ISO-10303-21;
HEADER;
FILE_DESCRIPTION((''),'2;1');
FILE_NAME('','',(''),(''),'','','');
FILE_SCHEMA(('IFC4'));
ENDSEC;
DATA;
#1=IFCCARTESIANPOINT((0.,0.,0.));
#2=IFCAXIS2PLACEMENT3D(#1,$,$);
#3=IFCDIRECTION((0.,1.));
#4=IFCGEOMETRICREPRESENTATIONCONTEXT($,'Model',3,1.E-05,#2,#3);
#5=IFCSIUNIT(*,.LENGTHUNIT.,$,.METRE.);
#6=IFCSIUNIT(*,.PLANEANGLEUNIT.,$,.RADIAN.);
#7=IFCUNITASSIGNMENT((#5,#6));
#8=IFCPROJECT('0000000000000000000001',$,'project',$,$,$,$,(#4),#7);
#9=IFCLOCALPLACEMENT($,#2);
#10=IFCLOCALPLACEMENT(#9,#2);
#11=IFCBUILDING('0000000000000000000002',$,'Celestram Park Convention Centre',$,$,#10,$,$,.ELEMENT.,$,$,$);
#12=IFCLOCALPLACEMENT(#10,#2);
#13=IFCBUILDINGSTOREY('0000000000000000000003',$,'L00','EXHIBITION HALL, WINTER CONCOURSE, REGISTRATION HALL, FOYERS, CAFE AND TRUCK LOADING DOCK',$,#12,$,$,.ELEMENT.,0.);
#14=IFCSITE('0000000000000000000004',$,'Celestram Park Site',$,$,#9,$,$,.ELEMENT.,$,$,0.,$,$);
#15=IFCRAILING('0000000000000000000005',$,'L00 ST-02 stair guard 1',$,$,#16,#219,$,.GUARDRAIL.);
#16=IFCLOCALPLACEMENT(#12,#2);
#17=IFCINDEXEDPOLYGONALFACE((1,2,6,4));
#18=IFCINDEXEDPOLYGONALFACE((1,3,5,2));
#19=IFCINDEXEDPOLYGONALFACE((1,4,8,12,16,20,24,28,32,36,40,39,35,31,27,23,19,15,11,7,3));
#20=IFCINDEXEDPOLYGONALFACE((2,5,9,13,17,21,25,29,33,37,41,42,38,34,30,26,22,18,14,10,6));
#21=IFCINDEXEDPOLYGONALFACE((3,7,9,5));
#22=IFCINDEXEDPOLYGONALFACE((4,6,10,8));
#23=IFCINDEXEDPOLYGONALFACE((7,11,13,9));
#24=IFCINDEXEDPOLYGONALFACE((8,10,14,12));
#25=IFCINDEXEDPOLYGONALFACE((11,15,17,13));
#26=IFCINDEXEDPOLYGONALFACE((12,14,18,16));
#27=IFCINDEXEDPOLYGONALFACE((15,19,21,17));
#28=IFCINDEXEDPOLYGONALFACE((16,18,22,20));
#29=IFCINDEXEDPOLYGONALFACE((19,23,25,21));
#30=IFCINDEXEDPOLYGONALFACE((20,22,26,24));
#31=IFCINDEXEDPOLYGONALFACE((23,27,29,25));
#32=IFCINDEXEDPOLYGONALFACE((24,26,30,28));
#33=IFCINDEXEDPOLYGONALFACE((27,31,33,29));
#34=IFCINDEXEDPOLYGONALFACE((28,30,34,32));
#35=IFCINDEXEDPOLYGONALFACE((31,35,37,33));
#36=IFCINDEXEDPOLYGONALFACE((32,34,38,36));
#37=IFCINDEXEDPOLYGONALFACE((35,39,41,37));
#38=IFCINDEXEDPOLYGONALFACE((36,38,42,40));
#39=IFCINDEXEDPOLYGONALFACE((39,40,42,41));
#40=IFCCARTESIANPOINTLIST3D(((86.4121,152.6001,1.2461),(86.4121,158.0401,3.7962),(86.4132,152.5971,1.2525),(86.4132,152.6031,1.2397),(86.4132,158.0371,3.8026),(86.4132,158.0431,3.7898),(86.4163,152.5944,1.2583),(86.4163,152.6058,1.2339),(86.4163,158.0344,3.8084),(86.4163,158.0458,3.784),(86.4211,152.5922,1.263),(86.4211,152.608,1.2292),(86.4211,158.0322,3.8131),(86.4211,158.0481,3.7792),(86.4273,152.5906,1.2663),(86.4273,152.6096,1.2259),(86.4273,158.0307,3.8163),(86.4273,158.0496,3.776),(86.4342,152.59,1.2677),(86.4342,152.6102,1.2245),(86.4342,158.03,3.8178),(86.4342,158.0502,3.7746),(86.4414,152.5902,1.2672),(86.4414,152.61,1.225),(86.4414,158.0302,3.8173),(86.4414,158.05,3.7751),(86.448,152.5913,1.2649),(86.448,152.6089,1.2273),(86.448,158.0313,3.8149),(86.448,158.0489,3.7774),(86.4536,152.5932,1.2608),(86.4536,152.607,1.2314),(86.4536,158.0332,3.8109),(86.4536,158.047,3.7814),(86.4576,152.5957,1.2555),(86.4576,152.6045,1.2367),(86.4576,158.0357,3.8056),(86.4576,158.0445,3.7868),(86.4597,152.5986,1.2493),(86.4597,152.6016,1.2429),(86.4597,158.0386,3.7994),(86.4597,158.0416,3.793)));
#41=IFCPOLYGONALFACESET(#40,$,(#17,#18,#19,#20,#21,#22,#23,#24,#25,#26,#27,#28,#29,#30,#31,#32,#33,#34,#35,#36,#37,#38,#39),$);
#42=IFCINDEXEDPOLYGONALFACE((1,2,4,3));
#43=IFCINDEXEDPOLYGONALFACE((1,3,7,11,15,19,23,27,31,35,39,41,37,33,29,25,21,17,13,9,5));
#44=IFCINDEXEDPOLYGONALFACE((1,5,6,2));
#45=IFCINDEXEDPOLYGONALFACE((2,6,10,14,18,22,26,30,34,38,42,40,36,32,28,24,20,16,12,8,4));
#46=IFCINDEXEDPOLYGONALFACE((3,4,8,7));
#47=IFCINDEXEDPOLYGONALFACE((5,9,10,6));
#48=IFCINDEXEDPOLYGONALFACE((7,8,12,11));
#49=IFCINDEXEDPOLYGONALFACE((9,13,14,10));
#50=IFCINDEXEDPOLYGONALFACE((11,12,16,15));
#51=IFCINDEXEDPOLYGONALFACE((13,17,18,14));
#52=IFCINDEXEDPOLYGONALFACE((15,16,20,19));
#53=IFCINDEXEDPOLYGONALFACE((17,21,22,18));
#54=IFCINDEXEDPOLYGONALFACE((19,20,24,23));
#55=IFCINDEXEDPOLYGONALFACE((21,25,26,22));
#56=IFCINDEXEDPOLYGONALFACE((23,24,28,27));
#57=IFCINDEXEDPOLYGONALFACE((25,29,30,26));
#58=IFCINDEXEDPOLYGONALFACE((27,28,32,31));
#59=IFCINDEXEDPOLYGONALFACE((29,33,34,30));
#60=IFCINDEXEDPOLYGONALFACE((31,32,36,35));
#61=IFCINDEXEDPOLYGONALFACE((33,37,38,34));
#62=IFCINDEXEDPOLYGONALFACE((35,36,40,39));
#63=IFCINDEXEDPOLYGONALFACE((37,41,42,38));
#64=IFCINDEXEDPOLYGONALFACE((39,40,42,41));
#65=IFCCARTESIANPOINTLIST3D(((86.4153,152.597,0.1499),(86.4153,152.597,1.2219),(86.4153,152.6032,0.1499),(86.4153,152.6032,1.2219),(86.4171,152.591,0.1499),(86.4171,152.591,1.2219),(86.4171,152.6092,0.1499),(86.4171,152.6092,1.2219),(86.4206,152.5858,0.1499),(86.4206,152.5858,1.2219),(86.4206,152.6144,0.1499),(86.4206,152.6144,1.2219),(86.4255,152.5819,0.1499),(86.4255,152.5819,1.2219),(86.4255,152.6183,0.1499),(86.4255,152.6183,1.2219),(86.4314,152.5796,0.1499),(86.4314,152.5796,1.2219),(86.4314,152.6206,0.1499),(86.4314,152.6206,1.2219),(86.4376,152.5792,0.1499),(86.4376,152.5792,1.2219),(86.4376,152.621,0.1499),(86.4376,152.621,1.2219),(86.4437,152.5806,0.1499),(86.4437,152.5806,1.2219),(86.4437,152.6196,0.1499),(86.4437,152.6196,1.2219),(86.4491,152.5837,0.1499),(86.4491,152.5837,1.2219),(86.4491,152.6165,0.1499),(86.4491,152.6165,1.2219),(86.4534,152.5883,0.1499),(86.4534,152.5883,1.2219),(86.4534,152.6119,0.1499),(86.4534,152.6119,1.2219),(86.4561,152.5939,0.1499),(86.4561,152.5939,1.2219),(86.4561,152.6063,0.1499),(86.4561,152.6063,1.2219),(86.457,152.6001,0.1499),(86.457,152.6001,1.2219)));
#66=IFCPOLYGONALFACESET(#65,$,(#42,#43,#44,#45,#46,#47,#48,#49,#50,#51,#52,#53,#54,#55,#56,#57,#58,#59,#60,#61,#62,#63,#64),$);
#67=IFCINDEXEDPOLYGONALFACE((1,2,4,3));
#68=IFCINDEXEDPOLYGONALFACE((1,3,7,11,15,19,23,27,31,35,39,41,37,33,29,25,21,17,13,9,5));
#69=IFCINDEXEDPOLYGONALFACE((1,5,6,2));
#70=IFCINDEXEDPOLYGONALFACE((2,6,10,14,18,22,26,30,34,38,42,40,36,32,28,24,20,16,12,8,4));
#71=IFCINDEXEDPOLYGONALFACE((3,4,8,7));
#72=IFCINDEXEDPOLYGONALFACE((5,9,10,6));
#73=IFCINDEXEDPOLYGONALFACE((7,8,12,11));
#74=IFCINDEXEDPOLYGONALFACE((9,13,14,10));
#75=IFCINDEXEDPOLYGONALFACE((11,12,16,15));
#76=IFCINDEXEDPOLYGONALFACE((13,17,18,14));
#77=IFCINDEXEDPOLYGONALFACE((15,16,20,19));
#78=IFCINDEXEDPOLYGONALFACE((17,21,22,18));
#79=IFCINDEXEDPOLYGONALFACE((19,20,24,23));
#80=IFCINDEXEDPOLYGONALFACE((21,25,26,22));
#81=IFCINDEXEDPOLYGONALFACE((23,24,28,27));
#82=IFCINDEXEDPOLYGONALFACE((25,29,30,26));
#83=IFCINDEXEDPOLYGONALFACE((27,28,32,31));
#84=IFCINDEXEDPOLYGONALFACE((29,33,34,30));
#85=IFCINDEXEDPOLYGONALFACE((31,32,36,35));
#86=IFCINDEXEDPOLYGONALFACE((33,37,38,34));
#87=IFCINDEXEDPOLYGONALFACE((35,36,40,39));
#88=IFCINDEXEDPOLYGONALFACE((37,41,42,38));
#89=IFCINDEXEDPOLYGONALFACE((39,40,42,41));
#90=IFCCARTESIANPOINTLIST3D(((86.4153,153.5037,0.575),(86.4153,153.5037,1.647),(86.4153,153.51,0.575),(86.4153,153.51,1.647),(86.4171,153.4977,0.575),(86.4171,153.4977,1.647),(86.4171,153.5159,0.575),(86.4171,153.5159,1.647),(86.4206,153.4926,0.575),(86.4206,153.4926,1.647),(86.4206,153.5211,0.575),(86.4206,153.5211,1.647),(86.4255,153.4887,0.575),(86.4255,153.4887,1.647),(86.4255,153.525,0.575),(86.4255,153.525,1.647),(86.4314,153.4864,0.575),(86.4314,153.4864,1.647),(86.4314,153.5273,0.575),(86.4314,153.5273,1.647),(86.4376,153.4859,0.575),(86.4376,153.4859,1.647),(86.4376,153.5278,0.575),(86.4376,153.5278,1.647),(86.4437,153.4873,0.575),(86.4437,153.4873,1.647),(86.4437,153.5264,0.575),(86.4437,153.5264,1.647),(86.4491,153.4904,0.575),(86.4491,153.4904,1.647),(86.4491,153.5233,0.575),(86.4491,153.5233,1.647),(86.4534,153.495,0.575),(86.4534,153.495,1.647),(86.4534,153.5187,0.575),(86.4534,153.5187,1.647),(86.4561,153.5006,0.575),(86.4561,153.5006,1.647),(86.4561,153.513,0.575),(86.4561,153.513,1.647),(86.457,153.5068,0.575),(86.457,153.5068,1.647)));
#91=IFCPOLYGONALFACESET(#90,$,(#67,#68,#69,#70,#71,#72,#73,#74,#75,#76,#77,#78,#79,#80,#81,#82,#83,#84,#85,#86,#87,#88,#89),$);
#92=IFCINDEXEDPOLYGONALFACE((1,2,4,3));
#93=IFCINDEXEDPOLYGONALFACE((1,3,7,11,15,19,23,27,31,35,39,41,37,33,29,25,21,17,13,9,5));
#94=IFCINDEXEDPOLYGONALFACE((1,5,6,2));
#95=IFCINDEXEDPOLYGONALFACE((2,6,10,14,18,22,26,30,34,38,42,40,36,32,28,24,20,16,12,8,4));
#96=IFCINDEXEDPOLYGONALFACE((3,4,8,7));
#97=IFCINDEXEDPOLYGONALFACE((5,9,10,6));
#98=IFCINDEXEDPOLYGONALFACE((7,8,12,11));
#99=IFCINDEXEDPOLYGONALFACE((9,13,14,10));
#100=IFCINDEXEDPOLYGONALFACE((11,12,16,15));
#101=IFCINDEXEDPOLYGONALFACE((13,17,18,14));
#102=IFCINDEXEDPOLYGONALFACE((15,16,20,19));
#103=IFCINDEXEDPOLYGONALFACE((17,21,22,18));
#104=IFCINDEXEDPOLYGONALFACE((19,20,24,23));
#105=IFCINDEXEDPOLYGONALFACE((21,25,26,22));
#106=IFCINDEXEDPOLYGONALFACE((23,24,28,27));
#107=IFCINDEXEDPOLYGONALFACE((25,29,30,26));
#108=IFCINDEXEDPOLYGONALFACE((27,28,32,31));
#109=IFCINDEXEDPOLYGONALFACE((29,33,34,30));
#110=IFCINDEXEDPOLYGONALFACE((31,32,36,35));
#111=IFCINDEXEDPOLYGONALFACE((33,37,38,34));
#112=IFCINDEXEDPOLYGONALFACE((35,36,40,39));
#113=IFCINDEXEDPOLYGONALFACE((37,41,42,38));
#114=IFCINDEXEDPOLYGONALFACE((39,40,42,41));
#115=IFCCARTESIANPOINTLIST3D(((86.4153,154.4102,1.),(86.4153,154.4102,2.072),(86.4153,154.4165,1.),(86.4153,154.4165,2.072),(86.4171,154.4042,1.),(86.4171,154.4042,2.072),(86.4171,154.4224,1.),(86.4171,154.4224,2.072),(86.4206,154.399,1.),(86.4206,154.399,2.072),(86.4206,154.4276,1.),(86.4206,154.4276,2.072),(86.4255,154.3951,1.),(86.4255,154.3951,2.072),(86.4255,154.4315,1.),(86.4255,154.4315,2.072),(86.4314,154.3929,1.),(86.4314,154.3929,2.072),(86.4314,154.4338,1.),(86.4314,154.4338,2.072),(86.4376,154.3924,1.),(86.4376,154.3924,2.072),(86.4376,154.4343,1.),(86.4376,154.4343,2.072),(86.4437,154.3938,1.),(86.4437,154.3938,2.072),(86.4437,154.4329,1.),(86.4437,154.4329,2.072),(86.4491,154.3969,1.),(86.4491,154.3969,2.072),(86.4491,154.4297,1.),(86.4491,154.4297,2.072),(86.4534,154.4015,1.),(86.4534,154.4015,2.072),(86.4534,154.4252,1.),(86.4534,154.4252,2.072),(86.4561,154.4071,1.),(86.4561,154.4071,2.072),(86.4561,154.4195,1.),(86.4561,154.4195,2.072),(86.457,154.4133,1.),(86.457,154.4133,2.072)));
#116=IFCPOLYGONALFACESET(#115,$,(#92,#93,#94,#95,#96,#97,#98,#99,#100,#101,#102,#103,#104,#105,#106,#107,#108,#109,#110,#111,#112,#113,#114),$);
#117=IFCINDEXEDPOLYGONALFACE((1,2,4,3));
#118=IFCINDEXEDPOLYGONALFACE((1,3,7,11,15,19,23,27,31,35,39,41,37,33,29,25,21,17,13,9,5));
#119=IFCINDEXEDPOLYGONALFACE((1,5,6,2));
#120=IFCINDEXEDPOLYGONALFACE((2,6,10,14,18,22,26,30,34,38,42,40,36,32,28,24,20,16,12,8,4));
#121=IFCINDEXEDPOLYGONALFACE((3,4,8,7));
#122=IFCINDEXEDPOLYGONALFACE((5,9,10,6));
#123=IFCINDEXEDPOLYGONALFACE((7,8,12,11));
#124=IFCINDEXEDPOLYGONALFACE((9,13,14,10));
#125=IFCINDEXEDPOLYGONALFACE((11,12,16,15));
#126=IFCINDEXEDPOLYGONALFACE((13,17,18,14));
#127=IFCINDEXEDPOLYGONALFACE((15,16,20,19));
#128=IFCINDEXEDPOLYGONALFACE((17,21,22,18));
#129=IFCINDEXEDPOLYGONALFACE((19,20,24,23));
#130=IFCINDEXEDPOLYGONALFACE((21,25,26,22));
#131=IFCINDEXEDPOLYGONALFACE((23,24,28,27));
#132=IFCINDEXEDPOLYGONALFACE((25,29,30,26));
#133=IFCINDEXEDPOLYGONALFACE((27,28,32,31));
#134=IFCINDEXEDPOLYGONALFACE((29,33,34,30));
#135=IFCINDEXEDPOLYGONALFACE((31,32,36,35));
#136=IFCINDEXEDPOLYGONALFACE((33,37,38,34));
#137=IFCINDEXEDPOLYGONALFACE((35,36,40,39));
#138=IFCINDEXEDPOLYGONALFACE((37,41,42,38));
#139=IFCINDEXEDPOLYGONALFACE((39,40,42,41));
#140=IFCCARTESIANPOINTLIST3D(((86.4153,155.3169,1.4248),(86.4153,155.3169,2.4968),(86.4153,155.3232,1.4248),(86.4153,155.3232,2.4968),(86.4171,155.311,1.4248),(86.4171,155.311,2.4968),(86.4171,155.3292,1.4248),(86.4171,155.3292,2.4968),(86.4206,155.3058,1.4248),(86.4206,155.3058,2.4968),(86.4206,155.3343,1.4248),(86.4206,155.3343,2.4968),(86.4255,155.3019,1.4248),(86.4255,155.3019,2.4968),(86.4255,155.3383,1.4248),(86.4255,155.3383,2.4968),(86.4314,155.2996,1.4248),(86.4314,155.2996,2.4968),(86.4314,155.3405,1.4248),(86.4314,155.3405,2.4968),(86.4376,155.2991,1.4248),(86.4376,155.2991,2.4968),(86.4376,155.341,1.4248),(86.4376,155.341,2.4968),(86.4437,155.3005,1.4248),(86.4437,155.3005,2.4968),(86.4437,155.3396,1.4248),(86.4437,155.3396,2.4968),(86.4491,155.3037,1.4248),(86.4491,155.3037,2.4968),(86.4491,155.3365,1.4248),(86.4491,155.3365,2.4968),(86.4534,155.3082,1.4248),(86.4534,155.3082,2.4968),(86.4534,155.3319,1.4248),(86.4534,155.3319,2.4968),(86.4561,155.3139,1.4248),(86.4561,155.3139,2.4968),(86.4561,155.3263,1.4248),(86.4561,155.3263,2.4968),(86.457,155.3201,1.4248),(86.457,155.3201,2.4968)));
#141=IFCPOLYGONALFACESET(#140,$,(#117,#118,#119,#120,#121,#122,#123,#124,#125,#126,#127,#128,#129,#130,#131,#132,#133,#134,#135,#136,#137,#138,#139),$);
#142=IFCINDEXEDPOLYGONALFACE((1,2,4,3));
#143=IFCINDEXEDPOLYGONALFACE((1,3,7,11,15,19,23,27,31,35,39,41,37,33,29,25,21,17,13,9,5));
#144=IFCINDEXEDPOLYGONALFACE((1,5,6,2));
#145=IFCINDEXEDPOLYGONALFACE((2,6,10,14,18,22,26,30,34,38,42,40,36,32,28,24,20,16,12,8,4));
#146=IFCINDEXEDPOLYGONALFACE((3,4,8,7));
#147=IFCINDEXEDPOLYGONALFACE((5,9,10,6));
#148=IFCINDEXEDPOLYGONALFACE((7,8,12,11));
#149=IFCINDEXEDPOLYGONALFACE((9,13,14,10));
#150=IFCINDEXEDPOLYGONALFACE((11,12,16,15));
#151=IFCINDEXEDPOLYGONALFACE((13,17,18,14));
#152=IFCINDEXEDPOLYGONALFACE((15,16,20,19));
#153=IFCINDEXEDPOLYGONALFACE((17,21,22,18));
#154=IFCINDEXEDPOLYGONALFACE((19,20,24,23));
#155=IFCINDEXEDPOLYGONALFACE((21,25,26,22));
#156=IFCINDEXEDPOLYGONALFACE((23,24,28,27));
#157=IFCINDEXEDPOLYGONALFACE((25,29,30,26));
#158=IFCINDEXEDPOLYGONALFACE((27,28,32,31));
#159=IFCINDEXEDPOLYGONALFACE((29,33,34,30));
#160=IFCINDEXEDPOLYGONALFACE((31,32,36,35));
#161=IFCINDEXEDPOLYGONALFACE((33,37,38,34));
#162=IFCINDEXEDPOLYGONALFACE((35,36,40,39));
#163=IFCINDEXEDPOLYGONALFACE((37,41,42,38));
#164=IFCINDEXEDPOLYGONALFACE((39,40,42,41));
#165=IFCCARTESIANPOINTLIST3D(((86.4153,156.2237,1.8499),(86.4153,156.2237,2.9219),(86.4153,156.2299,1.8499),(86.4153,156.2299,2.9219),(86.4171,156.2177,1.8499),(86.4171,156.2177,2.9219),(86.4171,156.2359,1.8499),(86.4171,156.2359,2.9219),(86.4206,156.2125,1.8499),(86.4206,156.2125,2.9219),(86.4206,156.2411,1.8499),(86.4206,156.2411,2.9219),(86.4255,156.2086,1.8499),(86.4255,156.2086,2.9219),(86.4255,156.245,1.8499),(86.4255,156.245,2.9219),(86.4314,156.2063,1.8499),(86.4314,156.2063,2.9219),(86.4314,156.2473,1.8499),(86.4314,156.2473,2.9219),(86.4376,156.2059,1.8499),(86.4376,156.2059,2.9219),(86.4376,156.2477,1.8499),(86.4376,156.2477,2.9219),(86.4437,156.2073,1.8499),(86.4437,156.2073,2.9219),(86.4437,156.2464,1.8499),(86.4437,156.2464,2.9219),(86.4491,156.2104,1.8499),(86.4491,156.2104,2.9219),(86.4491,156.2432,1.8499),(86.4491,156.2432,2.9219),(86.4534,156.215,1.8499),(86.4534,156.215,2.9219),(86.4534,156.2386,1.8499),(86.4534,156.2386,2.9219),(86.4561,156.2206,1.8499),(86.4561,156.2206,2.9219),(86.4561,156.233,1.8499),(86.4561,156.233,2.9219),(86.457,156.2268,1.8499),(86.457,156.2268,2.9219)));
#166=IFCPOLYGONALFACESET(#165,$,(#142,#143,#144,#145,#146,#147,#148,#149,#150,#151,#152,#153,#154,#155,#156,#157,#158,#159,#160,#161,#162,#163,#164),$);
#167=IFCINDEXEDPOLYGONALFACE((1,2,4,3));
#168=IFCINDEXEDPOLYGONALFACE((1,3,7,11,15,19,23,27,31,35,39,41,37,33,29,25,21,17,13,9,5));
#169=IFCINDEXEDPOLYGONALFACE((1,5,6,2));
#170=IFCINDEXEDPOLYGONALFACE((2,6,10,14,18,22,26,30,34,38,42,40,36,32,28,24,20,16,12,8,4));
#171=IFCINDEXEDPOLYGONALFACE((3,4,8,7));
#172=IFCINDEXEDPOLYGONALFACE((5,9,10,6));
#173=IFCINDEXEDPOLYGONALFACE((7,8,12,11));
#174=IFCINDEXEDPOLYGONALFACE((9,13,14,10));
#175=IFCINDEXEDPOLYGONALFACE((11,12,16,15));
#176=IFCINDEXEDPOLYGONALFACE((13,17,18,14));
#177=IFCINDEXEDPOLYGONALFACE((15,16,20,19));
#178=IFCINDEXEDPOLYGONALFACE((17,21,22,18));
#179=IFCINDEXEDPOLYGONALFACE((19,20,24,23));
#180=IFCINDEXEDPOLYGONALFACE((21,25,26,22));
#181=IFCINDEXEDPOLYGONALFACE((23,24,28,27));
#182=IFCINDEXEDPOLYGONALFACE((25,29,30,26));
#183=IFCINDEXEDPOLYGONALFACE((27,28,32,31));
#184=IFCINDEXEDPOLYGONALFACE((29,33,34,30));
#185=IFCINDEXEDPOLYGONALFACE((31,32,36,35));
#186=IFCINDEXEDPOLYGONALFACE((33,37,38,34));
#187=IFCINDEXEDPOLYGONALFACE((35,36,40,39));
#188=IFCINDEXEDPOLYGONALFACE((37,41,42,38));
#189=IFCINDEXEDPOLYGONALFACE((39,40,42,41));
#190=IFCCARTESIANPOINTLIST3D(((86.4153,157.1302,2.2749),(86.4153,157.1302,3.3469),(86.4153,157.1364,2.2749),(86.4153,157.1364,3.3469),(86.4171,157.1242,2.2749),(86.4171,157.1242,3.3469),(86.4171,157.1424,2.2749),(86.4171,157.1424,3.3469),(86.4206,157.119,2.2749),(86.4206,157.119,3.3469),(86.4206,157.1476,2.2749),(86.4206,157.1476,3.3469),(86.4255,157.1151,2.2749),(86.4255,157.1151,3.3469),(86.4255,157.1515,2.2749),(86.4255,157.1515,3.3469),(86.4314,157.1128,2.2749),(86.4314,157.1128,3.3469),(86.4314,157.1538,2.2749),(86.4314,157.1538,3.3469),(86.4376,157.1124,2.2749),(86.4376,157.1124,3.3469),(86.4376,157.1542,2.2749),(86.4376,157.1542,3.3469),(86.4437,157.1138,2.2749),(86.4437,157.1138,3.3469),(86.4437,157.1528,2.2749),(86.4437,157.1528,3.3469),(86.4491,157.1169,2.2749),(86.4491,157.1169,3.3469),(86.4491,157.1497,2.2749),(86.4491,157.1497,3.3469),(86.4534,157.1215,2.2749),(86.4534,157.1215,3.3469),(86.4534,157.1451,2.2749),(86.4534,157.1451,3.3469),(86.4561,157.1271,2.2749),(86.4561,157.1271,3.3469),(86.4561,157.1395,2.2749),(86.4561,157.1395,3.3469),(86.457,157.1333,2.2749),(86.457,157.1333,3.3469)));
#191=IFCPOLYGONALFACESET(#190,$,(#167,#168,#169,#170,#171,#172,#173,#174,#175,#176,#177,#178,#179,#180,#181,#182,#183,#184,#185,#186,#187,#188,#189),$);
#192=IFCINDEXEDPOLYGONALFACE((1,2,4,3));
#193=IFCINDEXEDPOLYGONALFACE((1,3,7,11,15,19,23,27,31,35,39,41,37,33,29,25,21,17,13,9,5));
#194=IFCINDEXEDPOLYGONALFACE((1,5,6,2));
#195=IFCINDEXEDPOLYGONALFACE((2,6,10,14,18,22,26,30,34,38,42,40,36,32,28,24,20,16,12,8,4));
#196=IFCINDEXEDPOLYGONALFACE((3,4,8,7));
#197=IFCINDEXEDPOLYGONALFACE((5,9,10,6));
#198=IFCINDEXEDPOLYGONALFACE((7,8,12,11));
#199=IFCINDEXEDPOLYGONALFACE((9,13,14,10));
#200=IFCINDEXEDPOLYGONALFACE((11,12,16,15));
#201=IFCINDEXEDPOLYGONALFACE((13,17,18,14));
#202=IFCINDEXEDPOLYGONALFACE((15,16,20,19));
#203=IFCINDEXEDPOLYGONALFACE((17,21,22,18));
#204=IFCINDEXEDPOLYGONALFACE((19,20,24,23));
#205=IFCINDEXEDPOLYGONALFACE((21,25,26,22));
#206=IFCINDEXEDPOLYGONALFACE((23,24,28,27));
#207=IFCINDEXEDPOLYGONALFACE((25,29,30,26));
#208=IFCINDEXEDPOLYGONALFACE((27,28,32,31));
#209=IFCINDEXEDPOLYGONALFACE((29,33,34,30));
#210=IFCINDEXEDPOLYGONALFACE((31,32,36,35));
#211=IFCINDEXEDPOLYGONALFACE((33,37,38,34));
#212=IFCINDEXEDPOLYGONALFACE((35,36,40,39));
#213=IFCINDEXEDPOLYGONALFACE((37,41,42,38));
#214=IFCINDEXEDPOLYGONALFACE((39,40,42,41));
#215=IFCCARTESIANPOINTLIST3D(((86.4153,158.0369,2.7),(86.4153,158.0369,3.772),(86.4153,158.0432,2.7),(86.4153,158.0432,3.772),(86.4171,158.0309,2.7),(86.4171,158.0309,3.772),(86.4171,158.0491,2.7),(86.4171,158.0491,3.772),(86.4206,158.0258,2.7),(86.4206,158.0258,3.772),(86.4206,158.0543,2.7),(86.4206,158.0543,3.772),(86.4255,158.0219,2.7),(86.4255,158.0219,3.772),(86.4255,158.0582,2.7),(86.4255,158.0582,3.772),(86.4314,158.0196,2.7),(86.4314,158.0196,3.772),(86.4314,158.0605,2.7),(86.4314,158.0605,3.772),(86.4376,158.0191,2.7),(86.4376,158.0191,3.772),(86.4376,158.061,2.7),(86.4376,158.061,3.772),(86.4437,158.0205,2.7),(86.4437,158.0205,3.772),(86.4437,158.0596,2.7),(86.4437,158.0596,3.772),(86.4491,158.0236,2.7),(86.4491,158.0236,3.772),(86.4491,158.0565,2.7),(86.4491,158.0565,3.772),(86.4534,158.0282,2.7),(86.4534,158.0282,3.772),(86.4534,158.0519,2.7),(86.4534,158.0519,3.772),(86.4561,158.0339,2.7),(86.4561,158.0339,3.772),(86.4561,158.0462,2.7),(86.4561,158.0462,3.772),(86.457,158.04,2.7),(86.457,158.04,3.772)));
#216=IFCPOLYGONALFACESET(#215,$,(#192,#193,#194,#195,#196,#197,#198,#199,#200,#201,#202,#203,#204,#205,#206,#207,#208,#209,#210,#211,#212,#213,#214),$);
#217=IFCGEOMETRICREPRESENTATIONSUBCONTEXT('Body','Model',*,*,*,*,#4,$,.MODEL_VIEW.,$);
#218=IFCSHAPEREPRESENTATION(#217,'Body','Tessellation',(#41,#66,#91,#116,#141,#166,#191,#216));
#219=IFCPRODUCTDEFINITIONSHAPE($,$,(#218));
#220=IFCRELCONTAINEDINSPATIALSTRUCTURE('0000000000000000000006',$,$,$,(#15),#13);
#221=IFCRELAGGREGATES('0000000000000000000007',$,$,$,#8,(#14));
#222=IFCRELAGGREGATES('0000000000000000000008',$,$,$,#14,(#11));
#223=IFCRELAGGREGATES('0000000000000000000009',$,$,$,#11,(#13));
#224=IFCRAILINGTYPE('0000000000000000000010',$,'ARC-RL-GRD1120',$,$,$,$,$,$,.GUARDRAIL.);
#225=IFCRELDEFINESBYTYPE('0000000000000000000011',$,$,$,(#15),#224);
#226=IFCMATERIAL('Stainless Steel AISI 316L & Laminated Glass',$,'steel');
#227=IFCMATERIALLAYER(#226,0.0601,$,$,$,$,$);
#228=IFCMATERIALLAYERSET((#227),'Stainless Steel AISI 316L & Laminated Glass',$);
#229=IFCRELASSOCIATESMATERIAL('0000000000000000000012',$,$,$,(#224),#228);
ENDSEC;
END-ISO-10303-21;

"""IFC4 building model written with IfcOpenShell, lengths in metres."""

from ifc_helpers import new_model, si_unit, direction, frame, origin, origin_2d, place, context, subcontext, project, spatial, circle, extrude, material, layer, layer_set, type_object, element, save


model = new_model("IFC4")

# Units and contexts
model_context = context("Model", 3, precision=1e-05, world=origin(), true_north=direction((0.0, 1.0)))
body_context = subcontext(model_context, "Body", "Model", "MODEL_VIEW")
ifc_project = project(units=[si_unit("LENGTHUNIT", "METRE"), si_unit("PLANEANGLEUNIT", "RADIAN")], contexts=[model_context])

# Site, building, storey
site_placement = place(None, origin())
site = spatial("IfcSite", under=ifc_project, at=site_placement, Name="Celestram Park Site", CompositionType="ELEMENT", RefElevation=0.0)
building_placement = place(site_placement, origin())
building = spatial("IfcBuilding", under=site, at=building_placement, Name="Celestram Park Convention Centre", CompositionType="ELEMENT")
storey_placement = place(building_placement, origin())
storey = spatial("IfcBuildingStorey", under=building, at=storey_placement, Name="L00", Description="EXHIBITION HALL, WINTER CONCOURSE, REGISTRATION HALL, FOYERS, CAFE AND TRUCK LOADING DOCK", CompositionType="ELEMENT", Elevation=0.0)

# Railing
ifc_material_1 = material(Name="Stainless Steel AISI 316L & Laminated Glass", Category="steel")
ifc_layer_1 = layer(ifc_material_1, 0.0601)
ifc_layer_set_1 = layer_set([ifc_layer_1], Name="Stainless Steel AISI 316L & Laminated Glass")
railing_type_1 = type_object("IfcRailingType", Name="ARC-RL-GRD1120", PredefinedType="GUARDRAIL", material=ifc_layer_set_1)
railing_1_placement = place(storey_placement, frame((86.436, 152.6001, 0.1499)))
element("IfcRailing", 1, at=railing_1_placement, inside=storey, type_object=railing_type_1, Name="L00 ST-02 stair guard 1", PredefinedType="GUARDRAIL", context=body_context, shape_type="SweptSolid", body=[
    extrude(circle(Radius=0.0239, at=origin_2d()), frame((0.0, 0.0, 1.0962), z_axis=(0.0, 0.905454, 0.424444), x_axis=(-1.0, 0.0, 0.0)), (0.0, 0.0, 1.0), 6.0081),
    extrude(circle(Radius=0.021, at=origin_2d()), origin(), (0.0, 0.0, 1.0), 1.072),
    extrude(circle(Radius=0.021, at=origin_2d()), frame((0.0, 0.9067, 0.425)), (0.0, 0.0, 1.0), 1.072),
    extrude(circle(Radius=0.021, at=origin_2d()), frame((0.0, 1.8132, 0.8501)), (0.0, 0.0, 1.0), 1.072),
    extrude(circle(Radius=0.021, at=origin_2d()), frame((0.0, 2.72, 1.2749)), (0.0, 0.0, 1.0), 1.072),
    extrude(circle(Radius=0.021, at=origin_2d()), frame((0.0, 3.6267, 1.7)), (0.0, 0.0, 1.0), 1.072),
    extrude(circle(Radius=0.021, at=origin_2d()), frame((0.0, 4.5332, 2.125)), (0.0, 0.0, 1.0), 1.072),
    extrude(circle(Radius=0.021, at=origin_2d()), frame((0.0, 5.4399, 2.55)), (0.0, 0.0, 1.0), 1.072),
])

save(model, "model.ifc")
